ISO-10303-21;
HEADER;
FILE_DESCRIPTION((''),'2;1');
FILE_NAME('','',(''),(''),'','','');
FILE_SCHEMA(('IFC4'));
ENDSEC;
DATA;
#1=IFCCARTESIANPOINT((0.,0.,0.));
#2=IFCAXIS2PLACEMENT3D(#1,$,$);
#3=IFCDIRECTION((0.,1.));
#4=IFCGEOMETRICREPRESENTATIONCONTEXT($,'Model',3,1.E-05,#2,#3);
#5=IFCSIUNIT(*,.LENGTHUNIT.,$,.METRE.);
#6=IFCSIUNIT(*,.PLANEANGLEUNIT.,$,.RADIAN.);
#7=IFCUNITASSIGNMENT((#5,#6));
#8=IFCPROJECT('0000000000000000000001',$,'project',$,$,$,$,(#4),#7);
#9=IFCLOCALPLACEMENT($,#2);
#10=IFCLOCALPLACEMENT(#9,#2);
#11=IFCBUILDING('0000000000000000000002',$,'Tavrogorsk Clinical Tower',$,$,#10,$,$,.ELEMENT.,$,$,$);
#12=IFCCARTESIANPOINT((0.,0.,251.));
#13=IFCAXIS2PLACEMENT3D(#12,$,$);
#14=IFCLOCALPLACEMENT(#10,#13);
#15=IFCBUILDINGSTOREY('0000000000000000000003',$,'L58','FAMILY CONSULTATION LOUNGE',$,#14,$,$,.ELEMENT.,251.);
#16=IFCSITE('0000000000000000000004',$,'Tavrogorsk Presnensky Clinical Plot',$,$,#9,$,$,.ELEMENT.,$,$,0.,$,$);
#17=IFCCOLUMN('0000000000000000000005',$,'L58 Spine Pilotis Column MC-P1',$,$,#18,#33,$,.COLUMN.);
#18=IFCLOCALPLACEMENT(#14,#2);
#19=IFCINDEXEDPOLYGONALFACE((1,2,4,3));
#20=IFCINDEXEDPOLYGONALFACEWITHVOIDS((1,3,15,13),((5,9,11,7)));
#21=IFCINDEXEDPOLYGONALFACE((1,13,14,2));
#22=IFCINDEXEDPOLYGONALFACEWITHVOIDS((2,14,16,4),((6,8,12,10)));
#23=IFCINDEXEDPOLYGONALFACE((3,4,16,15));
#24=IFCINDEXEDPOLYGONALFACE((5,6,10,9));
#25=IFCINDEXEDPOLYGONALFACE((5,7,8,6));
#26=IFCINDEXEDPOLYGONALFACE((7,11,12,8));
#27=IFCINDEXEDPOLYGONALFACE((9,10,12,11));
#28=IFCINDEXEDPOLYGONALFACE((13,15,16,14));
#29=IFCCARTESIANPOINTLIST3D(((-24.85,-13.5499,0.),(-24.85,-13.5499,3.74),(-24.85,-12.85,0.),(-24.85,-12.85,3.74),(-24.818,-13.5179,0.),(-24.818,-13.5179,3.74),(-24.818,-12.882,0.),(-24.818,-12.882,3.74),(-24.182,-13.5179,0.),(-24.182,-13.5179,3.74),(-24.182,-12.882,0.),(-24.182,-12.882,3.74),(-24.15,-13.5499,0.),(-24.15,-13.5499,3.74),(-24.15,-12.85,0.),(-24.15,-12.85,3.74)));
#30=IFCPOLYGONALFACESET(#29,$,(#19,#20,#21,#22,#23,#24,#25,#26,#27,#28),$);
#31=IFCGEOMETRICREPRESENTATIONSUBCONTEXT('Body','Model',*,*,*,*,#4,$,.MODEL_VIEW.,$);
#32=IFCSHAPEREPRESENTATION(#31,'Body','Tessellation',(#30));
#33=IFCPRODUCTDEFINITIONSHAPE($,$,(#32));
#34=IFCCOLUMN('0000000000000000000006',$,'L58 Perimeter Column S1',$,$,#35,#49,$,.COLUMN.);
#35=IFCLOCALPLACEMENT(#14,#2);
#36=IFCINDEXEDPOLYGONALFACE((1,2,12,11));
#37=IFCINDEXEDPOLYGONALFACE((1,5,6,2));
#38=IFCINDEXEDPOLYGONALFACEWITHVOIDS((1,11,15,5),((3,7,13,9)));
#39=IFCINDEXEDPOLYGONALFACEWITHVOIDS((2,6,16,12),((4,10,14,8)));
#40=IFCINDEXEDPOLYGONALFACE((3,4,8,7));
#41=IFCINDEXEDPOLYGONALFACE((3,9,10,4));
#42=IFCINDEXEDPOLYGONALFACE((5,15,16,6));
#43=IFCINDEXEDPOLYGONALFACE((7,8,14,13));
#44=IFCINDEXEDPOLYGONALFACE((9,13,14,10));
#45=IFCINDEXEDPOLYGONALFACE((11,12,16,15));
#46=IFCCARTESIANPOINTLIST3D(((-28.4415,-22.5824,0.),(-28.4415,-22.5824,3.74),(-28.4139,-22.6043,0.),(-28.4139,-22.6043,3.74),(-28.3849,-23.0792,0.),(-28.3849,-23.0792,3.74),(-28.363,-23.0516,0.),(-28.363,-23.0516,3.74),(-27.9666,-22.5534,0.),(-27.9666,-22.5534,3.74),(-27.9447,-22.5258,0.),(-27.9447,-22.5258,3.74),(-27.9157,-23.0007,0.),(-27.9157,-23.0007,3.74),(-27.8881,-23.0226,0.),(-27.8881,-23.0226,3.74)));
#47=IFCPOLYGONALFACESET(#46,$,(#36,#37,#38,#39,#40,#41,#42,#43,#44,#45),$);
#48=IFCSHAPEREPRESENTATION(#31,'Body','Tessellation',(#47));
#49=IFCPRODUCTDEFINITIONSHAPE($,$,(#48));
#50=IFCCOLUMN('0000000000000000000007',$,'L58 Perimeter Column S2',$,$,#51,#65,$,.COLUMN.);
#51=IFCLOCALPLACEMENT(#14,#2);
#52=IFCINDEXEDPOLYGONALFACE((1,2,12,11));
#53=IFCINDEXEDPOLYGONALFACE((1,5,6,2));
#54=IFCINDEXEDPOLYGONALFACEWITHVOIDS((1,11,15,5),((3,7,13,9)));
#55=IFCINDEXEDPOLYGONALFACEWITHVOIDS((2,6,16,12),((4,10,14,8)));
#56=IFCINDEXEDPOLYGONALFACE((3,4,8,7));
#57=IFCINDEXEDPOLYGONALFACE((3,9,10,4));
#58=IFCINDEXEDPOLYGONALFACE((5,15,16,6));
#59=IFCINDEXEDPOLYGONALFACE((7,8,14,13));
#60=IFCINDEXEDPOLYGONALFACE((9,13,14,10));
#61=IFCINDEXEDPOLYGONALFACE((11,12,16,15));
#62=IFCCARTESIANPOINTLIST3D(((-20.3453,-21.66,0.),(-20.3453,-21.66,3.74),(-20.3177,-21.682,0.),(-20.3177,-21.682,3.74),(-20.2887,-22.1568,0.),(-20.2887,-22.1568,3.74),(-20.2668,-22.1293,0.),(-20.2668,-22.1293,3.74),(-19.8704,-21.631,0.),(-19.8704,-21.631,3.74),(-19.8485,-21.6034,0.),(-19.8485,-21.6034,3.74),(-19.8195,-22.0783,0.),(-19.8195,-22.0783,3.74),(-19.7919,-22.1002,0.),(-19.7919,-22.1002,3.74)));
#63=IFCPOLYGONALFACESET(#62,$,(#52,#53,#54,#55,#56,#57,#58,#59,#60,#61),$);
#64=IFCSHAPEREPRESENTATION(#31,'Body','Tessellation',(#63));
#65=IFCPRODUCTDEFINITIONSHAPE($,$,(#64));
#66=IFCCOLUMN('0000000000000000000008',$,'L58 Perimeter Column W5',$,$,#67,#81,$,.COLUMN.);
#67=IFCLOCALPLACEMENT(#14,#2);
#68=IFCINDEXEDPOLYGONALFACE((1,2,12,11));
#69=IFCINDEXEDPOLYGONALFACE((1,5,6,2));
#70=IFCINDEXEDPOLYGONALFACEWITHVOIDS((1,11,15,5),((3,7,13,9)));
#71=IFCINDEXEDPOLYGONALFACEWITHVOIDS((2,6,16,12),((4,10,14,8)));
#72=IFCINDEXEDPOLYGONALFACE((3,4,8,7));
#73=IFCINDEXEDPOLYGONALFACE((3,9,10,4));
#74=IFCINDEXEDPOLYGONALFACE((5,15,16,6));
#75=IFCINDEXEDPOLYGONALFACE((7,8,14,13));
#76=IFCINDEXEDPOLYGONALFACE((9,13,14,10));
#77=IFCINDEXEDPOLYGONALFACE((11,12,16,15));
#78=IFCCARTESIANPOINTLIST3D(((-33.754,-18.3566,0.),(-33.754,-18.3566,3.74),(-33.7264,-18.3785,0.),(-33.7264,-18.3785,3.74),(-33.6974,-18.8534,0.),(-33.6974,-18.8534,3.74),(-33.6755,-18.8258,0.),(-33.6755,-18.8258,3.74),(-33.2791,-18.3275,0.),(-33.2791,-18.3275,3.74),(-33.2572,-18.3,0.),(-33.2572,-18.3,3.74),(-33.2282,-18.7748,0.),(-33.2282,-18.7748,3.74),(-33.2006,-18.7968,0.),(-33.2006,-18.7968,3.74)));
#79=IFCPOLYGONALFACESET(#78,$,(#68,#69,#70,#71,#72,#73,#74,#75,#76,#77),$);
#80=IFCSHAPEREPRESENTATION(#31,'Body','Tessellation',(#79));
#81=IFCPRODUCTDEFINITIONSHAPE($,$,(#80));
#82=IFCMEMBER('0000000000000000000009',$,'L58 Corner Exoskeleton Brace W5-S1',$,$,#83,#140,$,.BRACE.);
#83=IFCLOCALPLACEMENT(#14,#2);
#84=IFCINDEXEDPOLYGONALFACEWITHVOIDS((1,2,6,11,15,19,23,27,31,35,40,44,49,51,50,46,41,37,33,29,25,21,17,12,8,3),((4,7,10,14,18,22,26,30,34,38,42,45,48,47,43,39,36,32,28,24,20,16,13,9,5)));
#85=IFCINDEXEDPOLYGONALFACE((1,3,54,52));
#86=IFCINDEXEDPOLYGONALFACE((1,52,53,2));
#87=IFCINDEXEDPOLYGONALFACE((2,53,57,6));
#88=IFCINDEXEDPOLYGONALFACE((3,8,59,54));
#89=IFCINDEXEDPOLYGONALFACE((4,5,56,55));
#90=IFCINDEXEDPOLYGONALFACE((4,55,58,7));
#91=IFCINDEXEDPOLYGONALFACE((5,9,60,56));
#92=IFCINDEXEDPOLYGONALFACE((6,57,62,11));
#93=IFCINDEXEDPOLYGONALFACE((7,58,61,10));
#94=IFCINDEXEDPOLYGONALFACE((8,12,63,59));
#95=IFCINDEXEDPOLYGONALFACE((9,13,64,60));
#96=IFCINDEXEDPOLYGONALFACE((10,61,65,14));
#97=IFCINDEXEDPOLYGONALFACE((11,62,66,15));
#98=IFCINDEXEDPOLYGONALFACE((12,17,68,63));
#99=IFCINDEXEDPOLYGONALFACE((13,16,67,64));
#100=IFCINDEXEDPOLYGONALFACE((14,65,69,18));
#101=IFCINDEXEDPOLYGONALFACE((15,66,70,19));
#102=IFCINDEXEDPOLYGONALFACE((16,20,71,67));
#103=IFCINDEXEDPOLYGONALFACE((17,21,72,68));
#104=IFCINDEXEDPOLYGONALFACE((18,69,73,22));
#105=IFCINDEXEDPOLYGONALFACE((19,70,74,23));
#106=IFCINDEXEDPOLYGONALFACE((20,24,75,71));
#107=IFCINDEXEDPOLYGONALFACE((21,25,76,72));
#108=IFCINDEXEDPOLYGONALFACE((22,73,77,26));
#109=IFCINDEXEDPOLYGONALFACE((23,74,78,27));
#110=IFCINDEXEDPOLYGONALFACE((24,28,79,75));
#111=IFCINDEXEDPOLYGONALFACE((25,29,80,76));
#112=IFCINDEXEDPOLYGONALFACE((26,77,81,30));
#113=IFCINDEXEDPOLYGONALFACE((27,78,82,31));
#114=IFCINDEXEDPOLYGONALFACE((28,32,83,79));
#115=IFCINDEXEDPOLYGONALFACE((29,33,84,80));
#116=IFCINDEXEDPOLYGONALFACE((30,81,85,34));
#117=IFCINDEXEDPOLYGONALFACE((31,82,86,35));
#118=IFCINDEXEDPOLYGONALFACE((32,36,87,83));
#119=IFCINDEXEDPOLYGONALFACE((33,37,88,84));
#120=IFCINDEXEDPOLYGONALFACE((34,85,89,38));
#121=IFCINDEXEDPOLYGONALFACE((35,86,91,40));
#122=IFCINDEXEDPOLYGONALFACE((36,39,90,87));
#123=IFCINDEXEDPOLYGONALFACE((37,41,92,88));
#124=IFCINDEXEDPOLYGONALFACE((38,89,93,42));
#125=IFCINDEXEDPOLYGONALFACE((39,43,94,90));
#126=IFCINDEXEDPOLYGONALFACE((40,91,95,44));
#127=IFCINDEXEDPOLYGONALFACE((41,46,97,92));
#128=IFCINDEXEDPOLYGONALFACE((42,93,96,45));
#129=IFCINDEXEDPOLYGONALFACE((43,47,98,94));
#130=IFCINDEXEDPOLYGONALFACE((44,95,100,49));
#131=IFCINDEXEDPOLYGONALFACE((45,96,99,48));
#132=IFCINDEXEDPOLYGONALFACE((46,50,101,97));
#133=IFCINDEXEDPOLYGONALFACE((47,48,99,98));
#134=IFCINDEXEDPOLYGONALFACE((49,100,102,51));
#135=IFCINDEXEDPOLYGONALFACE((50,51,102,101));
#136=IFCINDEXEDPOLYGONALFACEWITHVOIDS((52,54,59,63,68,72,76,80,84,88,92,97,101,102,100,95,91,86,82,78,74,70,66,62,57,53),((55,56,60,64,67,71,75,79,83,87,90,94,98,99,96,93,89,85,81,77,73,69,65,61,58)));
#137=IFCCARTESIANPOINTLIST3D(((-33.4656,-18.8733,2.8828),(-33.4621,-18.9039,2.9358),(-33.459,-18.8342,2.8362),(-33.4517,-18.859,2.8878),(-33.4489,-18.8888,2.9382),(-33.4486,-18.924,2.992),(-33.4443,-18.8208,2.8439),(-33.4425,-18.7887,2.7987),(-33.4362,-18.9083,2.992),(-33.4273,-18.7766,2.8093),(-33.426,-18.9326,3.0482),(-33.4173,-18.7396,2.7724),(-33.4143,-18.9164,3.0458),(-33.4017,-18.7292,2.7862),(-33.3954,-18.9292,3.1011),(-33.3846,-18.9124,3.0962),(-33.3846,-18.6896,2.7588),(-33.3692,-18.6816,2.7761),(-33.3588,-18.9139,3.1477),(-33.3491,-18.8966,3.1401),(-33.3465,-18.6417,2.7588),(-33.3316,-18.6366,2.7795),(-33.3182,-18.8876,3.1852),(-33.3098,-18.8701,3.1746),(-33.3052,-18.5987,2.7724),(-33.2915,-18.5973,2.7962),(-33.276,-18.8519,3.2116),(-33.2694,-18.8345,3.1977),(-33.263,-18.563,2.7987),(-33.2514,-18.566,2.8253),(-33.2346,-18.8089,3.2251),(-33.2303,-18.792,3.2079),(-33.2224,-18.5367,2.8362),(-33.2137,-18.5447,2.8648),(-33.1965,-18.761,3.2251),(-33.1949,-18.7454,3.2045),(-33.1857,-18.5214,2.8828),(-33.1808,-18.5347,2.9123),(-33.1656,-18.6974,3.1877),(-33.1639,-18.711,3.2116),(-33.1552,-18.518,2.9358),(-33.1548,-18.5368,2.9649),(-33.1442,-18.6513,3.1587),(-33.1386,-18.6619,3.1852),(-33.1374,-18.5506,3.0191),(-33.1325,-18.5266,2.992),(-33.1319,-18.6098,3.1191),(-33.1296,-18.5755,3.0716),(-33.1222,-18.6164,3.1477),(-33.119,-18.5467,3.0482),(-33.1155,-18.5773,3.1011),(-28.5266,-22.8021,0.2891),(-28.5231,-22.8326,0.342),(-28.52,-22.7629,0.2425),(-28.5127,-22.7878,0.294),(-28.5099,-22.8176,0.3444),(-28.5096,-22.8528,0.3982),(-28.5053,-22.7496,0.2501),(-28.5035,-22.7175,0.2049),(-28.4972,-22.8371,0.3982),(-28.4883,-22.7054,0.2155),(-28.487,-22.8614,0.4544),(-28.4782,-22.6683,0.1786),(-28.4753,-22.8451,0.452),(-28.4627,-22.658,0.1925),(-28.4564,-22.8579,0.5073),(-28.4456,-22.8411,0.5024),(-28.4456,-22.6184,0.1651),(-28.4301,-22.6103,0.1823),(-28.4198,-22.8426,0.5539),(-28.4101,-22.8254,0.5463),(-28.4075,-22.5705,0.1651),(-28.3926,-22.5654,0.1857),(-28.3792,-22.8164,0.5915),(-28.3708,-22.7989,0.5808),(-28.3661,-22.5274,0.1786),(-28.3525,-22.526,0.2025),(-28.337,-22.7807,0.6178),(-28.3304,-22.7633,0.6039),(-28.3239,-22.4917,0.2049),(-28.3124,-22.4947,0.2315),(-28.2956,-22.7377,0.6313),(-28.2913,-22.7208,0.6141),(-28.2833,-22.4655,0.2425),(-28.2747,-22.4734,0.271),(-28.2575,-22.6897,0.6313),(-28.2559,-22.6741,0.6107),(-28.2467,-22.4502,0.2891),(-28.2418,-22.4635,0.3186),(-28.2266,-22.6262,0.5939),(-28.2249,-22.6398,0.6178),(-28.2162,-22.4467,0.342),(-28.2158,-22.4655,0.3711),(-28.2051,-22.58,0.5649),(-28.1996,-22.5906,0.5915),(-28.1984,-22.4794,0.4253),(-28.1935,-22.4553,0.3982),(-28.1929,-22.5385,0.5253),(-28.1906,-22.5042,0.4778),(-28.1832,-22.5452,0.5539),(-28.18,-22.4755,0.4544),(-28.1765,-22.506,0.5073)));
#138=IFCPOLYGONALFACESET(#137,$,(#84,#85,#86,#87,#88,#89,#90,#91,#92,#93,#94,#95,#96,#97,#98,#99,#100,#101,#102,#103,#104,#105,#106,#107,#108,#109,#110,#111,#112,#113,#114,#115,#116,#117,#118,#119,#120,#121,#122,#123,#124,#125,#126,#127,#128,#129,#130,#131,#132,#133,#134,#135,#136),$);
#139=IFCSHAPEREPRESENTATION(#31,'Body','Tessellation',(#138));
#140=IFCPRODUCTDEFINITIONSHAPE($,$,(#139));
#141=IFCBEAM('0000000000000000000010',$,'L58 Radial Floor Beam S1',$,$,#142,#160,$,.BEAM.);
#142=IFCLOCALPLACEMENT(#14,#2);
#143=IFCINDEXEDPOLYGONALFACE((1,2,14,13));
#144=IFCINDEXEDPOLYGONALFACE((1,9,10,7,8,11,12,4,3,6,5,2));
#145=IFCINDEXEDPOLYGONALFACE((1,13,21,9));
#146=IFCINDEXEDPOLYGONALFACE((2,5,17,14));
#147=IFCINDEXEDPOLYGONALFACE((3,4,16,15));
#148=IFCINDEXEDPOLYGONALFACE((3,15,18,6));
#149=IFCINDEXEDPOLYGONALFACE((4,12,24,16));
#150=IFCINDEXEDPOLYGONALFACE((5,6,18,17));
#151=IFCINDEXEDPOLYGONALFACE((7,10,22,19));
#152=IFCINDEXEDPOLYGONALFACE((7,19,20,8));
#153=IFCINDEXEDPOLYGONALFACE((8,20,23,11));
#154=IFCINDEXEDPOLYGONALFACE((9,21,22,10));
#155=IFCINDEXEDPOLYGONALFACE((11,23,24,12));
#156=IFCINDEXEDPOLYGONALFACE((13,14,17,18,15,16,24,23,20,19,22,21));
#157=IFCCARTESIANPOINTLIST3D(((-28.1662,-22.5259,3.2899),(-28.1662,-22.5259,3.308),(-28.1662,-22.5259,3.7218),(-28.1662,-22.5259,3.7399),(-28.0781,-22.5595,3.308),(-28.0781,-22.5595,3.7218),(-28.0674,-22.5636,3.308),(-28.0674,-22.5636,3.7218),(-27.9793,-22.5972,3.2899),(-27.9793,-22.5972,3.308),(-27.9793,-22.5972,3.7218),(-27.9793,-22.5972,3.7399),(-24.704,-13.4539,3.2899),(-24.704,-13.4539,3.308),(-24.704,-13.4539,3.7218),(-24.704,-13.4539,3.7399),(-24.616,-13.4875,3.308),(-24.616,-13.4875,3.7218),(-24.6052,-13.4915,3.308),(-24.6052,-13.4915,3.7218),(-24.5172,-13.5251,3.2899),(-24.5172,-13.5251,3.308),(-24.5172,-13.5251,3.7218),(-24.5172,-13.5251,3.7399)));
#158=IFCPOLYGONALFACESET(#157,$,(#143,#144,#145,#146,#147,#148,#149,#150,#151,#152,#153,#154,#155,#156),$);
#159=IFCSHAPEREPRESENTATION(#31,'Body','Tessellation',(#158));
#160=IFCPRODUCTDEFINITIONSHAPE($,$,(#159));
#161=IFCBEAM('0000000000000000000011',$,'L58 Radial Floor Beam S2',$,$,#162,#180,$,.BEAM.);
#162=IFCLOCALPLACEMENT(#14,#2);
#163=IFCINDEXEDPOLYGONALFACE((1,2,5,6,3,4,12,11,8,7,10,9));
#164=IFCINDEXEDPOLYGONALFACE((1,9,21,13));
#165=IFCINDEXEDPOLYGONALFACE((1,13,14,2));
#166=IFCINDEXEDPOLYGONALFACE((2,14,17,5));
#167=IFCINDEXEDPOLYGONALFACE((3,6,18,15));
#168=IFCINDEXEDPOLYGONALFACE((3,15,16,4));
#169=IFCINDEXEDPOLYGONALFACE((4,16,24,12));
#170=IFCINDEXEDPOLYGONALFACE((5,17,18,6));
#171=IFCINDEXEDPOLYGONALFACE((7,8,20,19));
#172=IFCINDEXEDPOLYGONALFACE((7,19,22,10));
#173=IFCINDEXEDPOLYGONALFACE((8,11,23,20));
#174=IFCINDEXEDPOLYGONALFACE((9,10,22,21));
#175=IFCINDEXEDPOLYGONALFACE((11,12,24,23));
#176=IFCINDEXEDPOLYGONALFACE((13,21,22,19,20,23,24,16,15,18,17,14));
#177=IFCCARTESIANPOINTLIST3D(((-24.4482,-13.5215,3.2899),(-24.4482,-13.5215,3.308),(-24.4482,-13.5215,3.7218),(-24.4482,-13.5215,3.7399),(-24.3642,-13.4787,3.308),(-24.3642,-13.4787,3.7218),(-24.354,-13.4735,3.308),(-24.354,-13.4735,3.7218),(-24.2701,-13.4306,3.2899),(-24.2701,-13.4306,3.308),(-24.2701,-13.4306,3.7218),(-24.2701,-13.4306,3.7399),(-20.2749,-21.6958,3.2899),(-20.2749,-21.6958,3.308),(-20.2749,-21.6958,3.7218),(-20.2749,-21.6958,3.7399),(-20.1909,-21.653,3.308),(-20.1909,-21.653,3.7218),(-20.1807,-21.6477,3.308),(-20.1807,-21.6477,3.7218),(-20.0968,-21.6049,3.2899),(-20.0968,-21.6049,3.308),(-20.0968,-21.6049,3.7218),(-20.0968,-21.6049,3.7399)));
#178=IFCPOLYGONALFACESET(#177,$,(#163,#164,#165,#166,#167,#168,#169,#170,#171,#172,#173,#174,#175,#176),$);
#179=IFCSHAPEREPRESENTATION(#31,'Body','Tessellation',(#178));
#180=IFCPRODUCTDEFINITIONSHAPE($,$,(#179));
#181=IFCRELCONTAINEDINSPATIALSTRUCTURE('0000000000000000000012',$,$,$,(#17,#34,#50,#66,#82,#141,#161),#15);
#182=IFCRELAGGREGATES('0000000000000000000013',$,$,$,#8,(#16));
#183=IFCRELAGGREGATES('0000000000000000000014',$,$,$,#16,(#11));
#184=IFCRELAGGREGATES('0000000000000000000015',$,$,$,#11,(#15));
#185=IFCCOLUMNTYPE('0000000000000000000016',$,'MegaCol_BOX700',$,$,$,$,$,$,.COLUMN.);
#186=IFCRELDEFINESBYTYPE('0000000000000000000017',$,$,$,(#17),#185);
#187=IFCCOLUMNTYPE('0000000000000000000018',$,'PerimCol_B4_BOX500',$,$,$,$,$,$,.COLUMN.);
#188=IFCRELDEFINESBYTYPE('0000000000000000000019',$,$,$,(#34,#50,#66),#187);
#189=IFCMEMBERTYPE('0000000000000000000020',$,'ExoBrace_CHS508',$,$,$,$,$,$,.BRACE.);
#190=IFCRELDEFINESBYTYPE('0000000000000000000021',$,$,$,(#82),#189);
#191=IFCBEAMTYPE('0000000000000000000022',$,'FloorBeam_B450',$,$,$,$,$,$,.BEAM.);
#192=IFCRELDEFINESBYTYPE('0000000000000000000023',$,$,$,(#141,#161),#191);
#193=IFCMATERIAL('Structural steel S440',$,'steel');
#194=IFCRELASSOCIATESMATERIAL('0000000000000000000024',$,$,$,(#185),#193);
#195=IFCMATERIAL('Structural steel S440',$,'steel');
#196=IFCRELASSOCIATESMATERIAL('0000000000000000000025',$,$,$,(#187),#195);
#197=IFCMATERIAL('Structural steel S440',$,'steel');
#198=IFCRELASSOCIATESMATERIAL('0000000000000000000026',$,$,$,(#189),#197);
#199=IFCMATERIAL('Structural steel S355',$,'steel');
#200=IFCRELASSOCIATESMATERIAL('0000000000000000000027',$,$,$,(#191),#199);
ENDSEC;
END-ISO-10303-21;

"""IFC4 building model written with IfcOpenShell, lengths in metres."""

from ifc_helpers import new_model, si_unit, direction, frame, origin, origin_2d, place, context, subcontext, project, spatial, hollow_rectangle, hollow_circle, i_section, extrude, material, material_profile, profile_set, type_object, element, save


model = new_model("IFC4")

# Units and contexts
model_context = context("Model", 3, precision=1e-05, world=origin(), true_north=direction((0.0, 1.0)))
body_context = subcontext(model_context, "Body", "Model", "MODEL_VIEW")
ifc_project = project(units=[si_unit("LENGTHUNIT", "METRE"), si_unit("PLANEANGLEUNIT", "RADIAN")], contexts=[model_context])

# Site, building, storey
site_placement = place(None, origin())
site = spatial("IfcSite", under=ifc_project, at=site_placement, Name="Tavrogorsk Presnensky Clinical Plot", CompositionType="ELEMENT", RefElevation=0.0)
building_placement = place(site_placement, origin())
building = spatial("IfcBuilding", under=site, at=building_placement, Name="Tavrogorsk Clinical Tower", CompositionType="ELEMENT")
storey_placement = place(building_placement, frame((0.0, 0.0, 251.0)))
storey = spatial("IfcBuildingStorey", under=building, at=storey_placement, Name="L58", Description="FAMILY CONSULTATION LOUNGE", CompositionType="ELEMENT", Elevation=251.0)

# Columns
ifc_material_1 = material(Name="Structural steel S440", Category="steel")
ifc_material_profile_1 = material_profile(ifc_material_1, hollow_rectangle(XDim=0.7, YDim=0.7, WallThickness=0.032, at=origin_2d()), Name="BOX-700x700x32")
ifc_profile_set_1 = profile_set([ifc_material_profile_1], Name="Structural steel S440")
column_type_1 = type_object("IfcColumnType", Name="MegaCol_BOX700", PredefinedType="COLUMN", material=ifc_profile_set_1)
column_placement = place(storey_placement, frame((-24.5, -13.2, 0.0), z_axis=(0.0, 0.0, 1.0), x_axis=(1.0, 0.0, 0.0)))
element("IfcColumn", 1, at=column_placement, inside=storey, type_object=column_type_1, Name="L58 Spine Pilotis Column MC-P1", PredefinedType="COLUMN", context=body_context, shape_type="SweptSolid", body=[
    extrude(hollow_rectangle(XDim=0.7, YDim=0.7, WallThickness=0.032, at=origin_2d()), origin(), (0.0, 0.0, 1.0), 3.74),
])
ifc_material_2 = material(Name="Structural steel S440", Category="steel")
ifc_material_profile_2 = material_profile(ifc_material_2, hollow_rectangle(XDim=0.5, YDim=0.5, WallThickness=0.0249, at=origin_2d()), Name="BOX-500x500x25")
ifc_profile_set_2 = profile_set([ifc_material_profile_2], Name="Structural steel S440")
column_type_2 = type_object("IfcColumnType", Name="PerimCol_B4_BOX500", PredefinedType="COLUMN", material=ifc_profile_set_2)
for number, where, z_axis, x_axis, name in (
    (2, (-28.1648, -22.8025, 0.0), (0.0, 0.0, 1.0), (0.993572, 0.113203, 0.0), "L58 Perimeter Column S1"),
    (3, (-20.0686, -21.8801, 0.0), (0.0, 0.0, 1.0), (0.993572, 0.113203, 0.0), "L58 Perimeter Column S2"),
    (4, (-33.4773, -18.5767, 0.0), (0.0, 0.0, 1.0), (0.993572, 0.113203, 0.0), "L58 Perimeter Column W5"),
):
    element("IfcColumn", number, at=place(storey_placement, frame(where, z_axis=z_axis, x_axis=x_axis)), inside=storey, type_object=column_type_2, Name=name, PredefinedType="COLUMN", context=body_context, shape_type="SweptSolid", body=[
        extrude(hollow_rectangle(XDim=0.5, YDim=0.5, WallThickness=0.0249, at=origin_2d()), origin(), (0.0, 0.0, 1.0), 3.74),
    ])

# Member
ifc_material_3 = material(Name="Structural steel S440", Category="steel")
ifc_material_profile_3 = material_profile(ifc_material_3, hollow_circle(Radius=0.2539, WallThickness=0.02, at=origin_2d()), Name="CHS-508x20")
ifc_profile_set_3 = profile_set([ifc_material_profile_3], Name="Structural steel S440")
member_type_1 = type_object("IfcMemberType", Name="ExoBrace_CHS508", PredefinedType="BRACE", material=ifc_profile_set_3)
member_1_placement = place(storey_placement, frame((-28.3516, -22.6541, 0.3982), z_axis=(-0.723852, 0.575789, 0.380138), x_axis=(-0.622522, -0.782602, 0.0)))
element("IfcMember", 5, at=member_1_placement, inside=storey, type_object=member_type_1, Name="L58 Corner Exoskeleton Brace W5-S1", PredefinedType="BRACE", context=body_context, shape_type="SweptSolid", body=[
    extrude(hollow_circle(Radius=0.2539, WallThickness=0.02, at=origin_2d()), origin(), (0.0, 0.0, 1.0), 6.8232),
])

# Beams
ifc_material_4 = material(Name="Structural steel S355", Category="steel")
ifc_material_profile_4 = material_profile(ifc_material_4, i_section(OverallWidth=0.2, OverallDepth=0.45, WebThickness=0.0115, FlangeThickness=0.0181, at=origin_2d()), Name="B-450x200x11.5x18")
ifc_profile_set_4 = profile_set([ifc_material_profile_4], Name="Structural steel S355")
beam_type_1 = type_object("IfcBeamType", Name="FloorBeam_B450", PredefinedType="BEAM", material=ifc_profile_set_4)
beam_1_placement = place(storey_placement, frame((-24.6106, -13.4895, 3.5149), z_axis=(-0.356548, -0.934277, 0.0), x_axis=(0.934277, -0.356548, 0.0)))
element("IfcBeam", 6, at=beam_1_placement, inside=storey, type_object=beam_type_1, Name="L58 Radial Floor Beam S1", PredefinedType="BEAM", context=body_context, shape_type="SweptSolid", body=[
    extrude(i_section(OverallWidth=0.2, OverallDepth=0.45, WebThickness=0.0115, FlangeThickness=0.0181, at=origin_2d()), origin(), (0.0, 0.0, 1.0), 9.7102),
])
beam_2_placement = place(storey_placement, frame((-24.3591, -13.4761, 3.5149), z_axis=(0.45471, -0.89064, 0.0), x_axis=(0.89064, 0.45471, 0.0)))
element("IfcBeam", 7, at=beam_2_placement, inside=storey, type_object=beam_type_1, Name="L58 Radial Floor Beam S2", PredefinedType="BEAM", context=body_context, shape_type="SweptSolid", body=[
    extrude(i_section(OverallWidth=0.2, OverallDepth=0.45, WebThickness=0.0115, FlangeThickness=0.0181, at=origin_2d()), origin(), (0.0, 0.0, 1.0), 9.178),
])

save(model, "model.ifc")
